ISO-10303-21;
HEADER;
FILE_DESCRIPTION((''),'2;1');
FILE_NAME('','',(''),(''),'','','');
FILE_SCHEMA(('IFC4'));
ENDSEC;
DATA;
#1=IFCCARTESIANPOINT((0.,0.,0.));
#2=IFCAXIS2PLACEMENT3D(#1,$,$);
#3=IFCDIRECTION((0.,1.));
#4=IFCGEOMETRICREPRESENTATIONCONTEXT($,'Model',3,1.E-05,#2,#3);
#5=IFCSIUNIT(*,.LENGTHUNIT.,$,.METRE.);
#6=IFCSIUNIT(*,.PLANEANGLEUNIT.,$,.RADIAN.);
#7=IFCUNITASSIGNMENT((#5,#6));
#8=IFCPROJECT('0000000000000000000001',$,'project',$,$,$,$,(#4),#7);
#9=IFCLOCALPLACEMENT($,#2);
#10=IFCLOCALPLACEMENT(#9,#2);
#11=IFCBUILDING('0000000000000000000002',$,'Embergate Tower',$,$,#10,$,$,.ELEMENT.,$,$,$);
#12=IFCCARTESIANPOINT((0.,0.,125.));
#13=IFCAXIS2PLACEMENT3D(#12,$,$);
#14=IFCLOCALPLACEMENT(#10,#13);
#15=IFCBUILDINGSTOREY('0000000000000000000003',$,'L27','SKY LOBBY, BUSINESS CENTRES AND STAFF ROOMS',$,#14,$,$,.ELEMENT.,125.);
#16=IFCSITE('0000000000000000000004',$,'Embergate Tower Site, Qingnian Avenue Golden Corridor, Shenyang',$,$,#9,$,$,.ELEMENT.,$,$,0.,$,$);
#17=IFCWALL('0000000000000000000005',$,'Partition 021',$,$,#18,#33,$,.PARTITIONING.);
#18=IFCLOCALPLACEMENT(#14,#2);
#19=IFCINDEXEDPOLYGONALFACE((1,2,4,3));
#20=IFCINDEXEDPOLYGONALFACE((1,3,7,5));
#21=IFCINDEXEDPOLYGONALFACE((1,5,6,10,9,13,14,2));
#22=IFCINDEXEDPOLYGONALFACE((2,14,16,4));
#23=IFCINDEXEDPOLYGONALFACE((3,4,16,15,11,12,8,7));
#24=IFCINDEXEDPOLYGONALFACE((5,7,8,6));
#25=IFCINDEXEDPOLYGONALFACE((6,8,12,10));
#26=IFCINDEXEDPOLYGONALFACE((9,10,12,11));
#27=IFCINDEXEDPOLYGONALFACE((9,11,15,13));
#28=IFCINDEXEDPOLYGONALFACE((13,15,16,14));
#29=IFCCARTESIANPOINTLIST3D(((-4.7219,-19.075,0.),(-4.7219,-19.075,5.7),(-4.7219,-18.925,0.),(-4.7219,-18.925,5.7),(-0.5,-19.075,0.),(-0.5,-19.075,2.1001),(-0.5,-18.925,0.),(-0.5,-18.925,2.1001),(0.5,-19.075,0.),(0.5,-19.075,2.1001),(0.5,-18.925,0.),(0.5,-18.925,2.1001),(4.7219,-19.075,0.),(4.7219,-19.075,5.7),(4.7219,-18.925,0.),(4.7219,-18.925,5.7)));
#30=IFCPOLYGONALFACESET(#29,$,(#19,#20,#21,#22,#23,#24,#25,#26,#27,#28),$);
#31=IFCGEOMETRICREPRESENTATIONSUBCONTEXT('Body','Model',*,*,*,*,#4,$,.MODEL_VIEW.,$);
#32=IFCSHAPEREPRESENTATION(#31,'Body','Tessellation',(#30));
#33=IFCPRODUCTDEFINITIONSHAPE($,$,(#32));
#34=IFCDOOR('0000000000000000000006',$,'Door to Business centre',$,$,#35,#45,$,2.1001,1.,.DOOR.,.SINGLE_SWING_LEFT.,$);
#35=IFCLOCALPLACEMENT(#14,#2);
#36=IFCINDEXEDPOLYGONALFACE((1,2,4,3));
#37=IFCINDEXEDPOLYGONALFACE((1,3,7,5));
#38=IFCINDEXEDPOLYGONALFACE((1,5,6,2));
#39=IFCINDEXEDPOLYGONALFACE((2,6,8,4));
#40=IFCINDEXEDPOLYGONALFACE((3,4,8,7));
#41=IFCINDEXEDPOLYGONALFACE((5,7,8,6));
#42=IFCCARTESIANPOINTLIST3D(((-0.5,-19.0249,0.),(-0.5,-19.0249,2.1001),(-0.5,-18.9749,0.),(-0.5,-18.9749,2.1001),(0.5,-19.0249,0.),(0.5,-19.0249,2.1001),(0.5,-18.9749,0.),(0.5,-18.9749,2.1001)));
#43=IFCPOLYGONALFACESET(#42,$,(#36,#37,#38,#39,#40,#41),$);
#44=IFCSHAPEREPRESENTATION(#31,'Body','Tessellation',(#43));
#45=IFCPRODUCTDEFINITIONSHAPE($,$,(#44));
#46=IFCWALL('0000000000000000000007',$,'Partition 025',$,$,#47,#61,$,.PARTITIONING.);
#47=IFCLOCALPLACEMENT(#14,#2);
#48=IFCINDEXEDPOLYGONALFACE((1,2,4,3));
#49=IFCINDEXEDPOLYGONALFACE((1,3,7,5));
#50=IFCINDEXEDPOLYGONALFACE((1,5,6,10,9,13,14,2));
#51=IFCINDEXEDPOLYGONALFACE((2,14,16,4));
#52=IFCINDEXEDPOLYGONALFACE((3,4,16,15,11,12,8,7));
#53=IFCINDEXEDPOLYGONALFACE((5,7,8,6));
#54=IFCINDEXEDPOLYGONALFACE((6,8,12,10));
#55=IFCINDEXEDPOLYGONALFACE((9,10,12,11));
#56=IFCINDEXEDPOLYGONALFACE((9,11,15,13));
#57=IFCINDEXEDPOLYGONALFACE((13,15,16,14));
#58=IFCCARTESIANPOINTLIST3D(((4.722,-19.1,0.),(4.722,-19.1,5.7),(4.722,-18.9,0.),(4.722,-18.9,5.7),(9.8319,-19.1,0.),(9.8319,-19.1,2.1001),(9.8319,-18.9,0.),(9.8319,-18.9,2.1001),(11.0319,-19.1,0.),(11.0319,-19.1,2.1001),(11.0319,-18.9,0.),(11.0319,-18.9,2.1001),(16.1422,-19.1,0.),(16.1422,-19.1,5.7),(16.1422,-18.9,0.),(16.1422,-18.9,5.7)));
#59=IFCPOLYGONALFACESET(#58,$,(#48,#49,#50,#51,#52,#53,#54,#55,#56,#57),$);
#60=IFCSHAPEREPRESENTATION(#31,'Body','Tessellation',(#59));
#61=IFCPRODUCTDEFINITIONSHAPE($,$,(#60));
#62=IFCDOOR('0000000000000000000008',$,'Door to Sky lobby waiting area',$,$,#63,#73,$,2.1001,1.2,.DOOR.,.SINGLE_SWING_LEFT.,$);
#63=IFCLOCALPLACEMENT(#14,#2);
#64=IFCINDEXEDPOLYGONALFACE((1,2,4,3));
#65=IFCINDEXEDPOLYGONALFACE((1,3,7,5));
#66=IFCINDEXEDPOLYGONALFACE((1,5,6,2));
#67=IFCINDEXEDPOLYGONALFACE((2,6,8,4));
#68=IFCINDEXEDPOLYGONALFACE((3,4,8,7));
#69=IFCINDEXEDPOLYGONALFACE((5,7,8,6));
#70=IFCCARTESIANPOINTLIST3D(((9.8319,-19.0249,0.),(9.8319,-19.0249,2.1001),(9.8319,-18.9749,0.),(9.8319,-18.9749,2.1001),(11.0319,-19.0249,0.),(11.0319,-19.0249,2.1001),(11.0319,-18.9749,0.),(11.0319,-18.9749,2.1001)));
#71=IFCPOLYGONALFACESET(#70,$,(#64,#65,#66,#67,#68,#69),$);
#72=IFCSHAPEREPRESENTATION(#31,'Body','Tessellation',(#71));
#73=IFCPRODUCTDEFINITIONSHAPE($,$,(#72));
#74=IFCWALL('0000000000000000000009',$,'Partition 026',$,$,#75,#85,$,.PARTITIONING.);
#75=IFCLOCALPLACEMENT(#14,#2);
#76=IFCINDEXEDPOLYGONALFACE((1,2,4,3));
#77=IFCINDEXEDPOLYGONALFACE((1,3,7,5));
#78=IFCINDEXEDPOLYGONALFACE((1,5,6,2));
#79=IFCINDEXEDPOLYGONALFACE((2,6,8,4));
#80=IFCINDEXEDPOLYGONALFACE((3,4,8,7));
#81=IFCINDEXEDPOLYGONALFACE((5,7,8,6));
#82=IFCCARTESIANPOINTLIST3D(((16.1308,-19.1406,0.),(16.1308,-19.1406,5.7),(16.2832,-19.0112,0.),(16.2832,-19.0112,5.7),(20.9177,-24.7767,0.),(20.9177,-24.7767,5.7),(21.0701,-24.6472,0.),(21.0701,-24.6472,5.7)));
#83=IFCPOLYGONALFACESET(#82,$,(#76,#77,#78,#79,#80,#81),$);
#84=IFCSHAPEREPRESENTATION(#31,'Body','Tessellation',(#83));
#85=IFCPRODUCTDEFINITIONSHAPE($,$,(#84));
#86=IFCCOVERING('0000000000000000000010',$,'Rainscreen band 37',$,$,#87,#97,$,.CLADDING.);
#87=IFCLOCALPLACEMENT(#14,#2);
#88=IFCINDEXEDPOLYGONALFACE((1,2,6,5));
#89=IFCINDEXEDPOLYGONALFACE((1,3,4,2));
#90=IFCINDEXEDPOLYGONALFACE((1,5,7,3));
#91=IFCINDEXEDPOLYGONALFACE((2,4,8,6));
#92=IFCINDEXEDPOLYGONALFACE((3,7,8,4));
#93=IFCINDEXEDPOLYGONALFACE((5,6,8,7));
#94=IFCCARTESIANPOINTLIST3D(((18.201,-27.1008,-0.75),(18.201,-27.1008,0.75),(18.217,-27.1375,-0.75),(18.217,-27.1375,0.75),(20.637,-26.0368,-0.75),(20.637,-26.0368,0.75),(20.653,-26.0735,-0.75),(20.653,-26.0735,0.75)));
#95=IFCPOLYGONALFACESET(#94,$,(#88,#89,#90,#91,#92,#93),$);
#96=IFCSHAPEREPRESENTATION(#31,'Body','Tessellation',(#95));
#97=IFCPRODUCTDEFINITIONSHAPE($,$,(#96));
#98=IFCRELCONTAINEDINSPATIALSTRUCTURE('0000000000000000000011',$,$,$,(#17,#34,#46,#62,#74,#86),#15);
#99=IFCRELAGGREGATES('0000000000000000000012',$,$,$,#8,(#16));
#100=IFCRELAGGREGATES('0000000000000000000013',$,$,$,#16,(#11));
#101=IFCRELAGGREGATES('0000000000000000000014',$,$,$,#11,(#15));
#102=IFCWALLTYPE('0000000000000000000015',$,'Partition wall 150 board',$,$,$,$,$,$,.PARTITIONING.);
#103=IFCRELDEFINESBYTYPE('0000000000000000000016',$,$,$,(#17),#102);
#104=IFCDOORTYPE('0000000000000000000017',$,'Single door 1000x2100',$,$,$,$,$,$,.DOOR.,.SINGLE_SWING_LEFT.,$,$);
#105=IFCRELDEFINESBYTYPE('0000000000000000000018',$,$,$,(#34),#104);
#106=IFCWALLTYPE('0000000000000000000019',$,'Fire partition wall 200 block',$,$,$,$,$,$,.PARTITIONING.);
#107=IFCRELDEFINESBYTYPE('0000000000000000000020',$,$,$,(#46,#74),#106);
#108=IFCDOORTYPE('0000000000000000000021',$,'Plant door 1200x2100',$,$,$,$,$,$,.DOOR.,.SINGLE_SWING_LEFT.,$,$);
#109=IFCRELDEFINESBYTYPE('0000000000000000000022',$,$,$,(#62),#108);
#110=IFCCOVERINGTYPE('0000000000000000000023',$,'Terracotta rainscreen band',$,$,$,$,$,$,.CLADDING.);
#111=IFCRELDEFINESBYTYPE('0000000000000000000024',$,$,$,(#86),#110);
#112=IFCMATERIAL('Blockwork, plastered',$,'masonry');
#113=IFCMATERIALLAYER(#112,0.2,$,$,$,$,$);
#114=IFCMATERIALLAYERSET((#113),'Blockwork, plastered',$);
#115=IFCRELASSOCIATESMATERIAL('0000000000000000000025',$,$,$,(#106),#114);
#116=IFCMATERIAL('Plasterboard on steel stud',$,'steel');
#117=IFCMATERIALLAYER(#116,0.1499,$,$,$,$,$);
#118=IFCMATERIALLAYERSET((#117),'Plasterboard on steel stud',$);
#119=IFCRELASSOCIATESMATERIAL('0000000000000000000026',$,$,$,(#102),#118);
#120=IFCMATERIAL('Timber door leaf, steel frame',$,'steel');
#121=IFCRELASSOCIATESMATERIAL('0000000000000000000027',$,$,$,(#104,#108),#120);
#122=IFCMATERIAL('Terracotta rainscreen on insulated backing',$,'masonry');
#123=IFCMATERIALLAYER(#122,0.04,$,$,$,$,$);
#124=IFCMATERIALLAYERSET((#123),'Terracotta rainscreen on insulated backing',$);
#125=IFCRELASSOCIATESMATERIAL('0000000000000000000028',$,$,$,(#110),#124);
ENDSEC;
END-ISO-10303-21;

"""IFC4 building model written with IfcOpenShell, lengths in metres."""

from ifc_helpers import new_model, si_unit, direction, frame, frame_2d, origin, origin_2d, place, context, subcontext, project, spatial, rectangle, extrude, source, transform, mapped, material, layer, layer_set, type_object, element, fill, save


model = new_model("IFC4")

# Units and contexts
model_context = context("Model", 3, precision=1e-05, world=origin(), true_north=direction((0.0, 1.0)))
body_context = subcontext(model_context, "Body", "Model", "MODEL_VIEW")
ifc_project = project(units=[si_unit("LENGTHUNIT", "METRE"), si_unit("PLANEANGLEUNIT", "RADIAN")], contexts=[model_context])

# Site, building, storey
site_placement = place(None, origin())
site = spatial("IfcSite", under=ifc_project, at=site_placement, Name="Embergate Tower Site, Qingnian Avenue Golden Corridor, Shenyang", CompositionType="ELEMENT", RefElevation=0.0)
building_placement = place(site_placement, origin())
building = spatial("IfcBuilding", under=site, at=building_placement, Name="Embergate Tower", CompositionType="ELEMENT")
storey_placement = place(building_placement, frame((0.0, 0.0, 125.0)))
storey = spatial("IfcBuildingStorey", under=building, at=storey_placement, Name="L27", Description="SKY LOBBY, BUSINESS CENTRES AND STAFF ROOMS", CompositionType="ELEMENT", Elevation=125.0)

# Shared definitions
ifc_material_1 = material(Name="Blockwork, plastered", Category="masonry")
ifc_layer_1 = layer(ifc_material_1, 0.2)
ifc_layer_set_1 = layer_set([ifc_layer_1], Name="Blockwork, plastered")
wall_type_1 = type_object("IfcWallType", Name="Fire partition wall 200 block", PredefinedType="PARTITIONING", material=ifc_layer_set_1)

# Walls, openings, doors
ifc_material_2 = material(Name="Plasterboard on steel stud", Category="steel")
ifc_layer_2 = layer(ifc_material_2, 0.1499)
ifc_layer_set_2 = layer_set([ifc_layer_2], Name="Plasterboard on steel stud")
wall_type_2 = type_object("IfcWallType", Name="Partition wall 150 board", PredefinedType="PARTITIONING", material=ifc_layer_set_2)
shared_shape_1 = source(origin(), body_context, "Body", "SweptSolid", [
    extrude(rectangle(XDim=9.4438, YDim=0.1499, at=frame_2d((4.7219, 0.0))), origin(), (0.0, 0.0, 1.0), 5.7),
])
wall_1_placement = place(storey_placement, frame((4.7219, -19.0, 0.0), z_axis=(0.0, 0.0, 1.0), x_axis=(-1.0, 0.0, 0.0)))
wall_1 = element("IfcWall", 1, at=wall_1_placement, inside=storey, type_object=wall_type_2, Name="Partition 021", PredefinedType="PARTITIONING", context=body_context, shape_type="MappedRepresentation", body=[
    mapped(shared_shape_1, transform((0.0, 0.0, 0.0))),
])
shared_shape_2 = source(origin(), body_context, "Body", "SweptSolid", [
    extrude(rectangle(XDim=1.0, YDim=2.1001, at=frame_2d((0.5, 1.05))), frame((0.0, 0.085, 0.0), z_axis=(0.0, -1.0, 0.0), x_axis=(1.0, 0.0, 0.0)), (0.0, 0.0, 1.0), 0.1699),
])
opening_1_placement = place(wall_1_placement, frame((4.2219, 0.0, 0.0)))
opening_1 = element("IfcOpeningElement", 2, at=opening_1_placement, cuts=wall_1, PredefinedType="OPENING", context=body_context, shape_type="MappedRepresentation", body=[
    mapped(shared_shape_2, transform((0.0, 0.0, 0.0))),
])
ifc_material_3 = material(Name="Timber door leaf, steel frame", Category="steel")
door_type_1 = type_object("IfcDoorType", Name="Single door 1000x2100", OperationType="SINGLE_SWING_LEFT", PredefinedType="DOOR", material=ifc_material_3)
shared_shape_3 = source(origin(), body_context, "Body", "SweptSolid", [
    extrude(rectangle(XDim=1.0, YDim=2.1001, at=frame_2d((0.5, 1.05))), frame((0.0, 0.0249, 0.0), z_axis=(0.0, -1.0, 0.0), x_axis=(1.0, 0.0, 0.0)), (0.0, 0.0, 1.0), 0.05),
])
door_1_placement = place(opening_1_placement, origin())
door_1 = element("IfcDoor", 3, at=door_1_placement, inside=storey, type_object=door_type_1, Name="Door to Business centre", OperationType="SINGLE_SWING_LEFT", OverallHeight=2.1001, OverallWidth=1.0, PredefinedType="DOOR", context=body_context, shape_type="MappedRepresentation", body=[
    mapped(shared_shape_3, transform((0.0, 0.0, 0.0))),
])
fill(opening_1, door_1)
shared_shape_4 = source(origin(), body_context, "Body", "SweptSolid", [
    extrude(rectangle(XDim=11.4202, YDim=0.2, at=frame_2d((5.71, 0.0))), origin(), (0.0, 0.0, 1.0), 5.7),
])
wall_2_placement = place(storey_placement, frame((16.1421, -19.0, 0.0), z_axis=(0.0, 0.0, 1.0), x_axis=(-1.0, 0.0, 0.0)))
wall_2 = element("IfcWall", 4, at=wall_2_placement, inside=storey, type_object=wall_type_1, Name="Partition 025", PredefinedType="PARTITIONING", context=body_context, shape_type="MappedRepresentation", body=[
    mapped(shared_shape_4, transform((0.0, 0.0, 0.0))),
])
shared_shape_5 = source(origin(), body_context, "Body", "SweptSolid", [
    extrude(rectangle(XDim=1.2, YDim=2.1001, at=frame_2d((0.6001, 1.05))), frame((0.0, 0.1099, 0.0), z_axis=(0.0, -1.0, 0.0), x_axis=(1.0, 0.0, 0.0)), (0.0, 0.0, 1.0), 0.22),
])
opening_2_placement = place(wall_2_placement, frame((5.1101, 0.0, 0.0)))
opening_2 = element("IfcOpeningElement", 5, at=opening_2_placement, cuts=wall_2, PredefinedType="OPENING", context=body_context, shape_type="MappedRepresentation", body=[
    mapped(shared_shape_5, transform((0.0, 0.0, 0.0))),
])
door_type_2 = type_object("IfcDoorType", Name="Plant door 1200x2100", OperationType="SINGLE_SWING_LEFT", PredefinedType="DOOR", material=ifc_material_3)
shared_shape_6 = source(origin(), body_context, "Body", "SweptSolid", [
    extrude(rectangle(XDim=1.2, YDim=2.1001, at=frame_2d((0.6001, 1.05))), frame((0.0, 0.0249, 0.0), z_axis=(0.0, -1.0, 0.0), x_axis=(1.0, 0.0, 0.0)), (0.0, 0.0, 1.0), 0.05),
])
door_2_placement = place(opening_2_placement, origin())
door_2 = element("IfcDoor", 6, at=door_2_placement, inside=storey, type_object=door_type_2, Name="Door to Sky lobby waiting area", OperationType="SINGLE_SWING_LEFT", OverallHeight=2.1001, OverallWidth=1.2, PredefinedType="DOOR", context=body_context, shape_type="MappedRepresentation", body=[
    mapped(shared_shape_6, transform((0.0, 0.0, 0.0))),
])
fill(opening_2, door_2)

# Wall
shared_shape_7 = source(origin(), body_context, "Body", "SweptSolid", [
    extrude(rectangle(XDim=7.3945, YDim=0.2, at=frame_2d((3.6973, 0.0))), origin(), (0.0, 0.0, 1.0), 5.7),
])
wall_3_placement = place(storey_placement, frame((16.207, -19.0759, 0.0), z_axis=(0.0, 0.0, 1.0), x_axis=(0.647356, -0.762188, 0.0)))
element("IfcWall", 7, at=wall_3_placement, inside=storey, type_object=wall_type_1, Name="Partition 026", PredefinedType="PARTITIONING", context=body_context, shape_type="MappedRepresentation", body=[
    mapped(shared_shape_7, transform((0.0, 0.0, 0.0))),
])

# Covering
ifc_material_4 = material(Name="Terracotta rainscreen on insulated backing", Category="masonry")
ifc_layer_3 = layer(ifc_material_4, 0.04)
ifc_layer_set_3 = layer_set([ifc_layer_3], Name="Terracotta rainscreen on insulated backing")
covering_type = type_object("IfcCoveringType", Name="Terracotta rainscreen band", PredefinedType="CLADDING", material=ifc_layer_set_3)
shared_shape_8 = source(origin(), body_context, "Body", "SweptSolid", [
    extrude(rectangle(XDim=2.6582, YDim=0.04, at=origin_2d()), origin(), (0.0, 0.0, 1.0), 1.5),
])
covering_placement = place(storey_placement, frame((19.427, -26.5872, -0.75), z_axis=(0.0, 0.0, 1.0), x_axis=(0.916399, 0.400266, 0.0)))
element("IfcCovering", 8, at=covering_placement, inside=storey, type_object=covering_type, Name="Rainscreen band 37", PredefinedType="CLADDING", context=body_context, shape_type="MappedRepresentation", body=[
    mapped(shared_shape_8, transform((0.0, 0.0, 0.0))),
])

save(model, "model.ifc")
